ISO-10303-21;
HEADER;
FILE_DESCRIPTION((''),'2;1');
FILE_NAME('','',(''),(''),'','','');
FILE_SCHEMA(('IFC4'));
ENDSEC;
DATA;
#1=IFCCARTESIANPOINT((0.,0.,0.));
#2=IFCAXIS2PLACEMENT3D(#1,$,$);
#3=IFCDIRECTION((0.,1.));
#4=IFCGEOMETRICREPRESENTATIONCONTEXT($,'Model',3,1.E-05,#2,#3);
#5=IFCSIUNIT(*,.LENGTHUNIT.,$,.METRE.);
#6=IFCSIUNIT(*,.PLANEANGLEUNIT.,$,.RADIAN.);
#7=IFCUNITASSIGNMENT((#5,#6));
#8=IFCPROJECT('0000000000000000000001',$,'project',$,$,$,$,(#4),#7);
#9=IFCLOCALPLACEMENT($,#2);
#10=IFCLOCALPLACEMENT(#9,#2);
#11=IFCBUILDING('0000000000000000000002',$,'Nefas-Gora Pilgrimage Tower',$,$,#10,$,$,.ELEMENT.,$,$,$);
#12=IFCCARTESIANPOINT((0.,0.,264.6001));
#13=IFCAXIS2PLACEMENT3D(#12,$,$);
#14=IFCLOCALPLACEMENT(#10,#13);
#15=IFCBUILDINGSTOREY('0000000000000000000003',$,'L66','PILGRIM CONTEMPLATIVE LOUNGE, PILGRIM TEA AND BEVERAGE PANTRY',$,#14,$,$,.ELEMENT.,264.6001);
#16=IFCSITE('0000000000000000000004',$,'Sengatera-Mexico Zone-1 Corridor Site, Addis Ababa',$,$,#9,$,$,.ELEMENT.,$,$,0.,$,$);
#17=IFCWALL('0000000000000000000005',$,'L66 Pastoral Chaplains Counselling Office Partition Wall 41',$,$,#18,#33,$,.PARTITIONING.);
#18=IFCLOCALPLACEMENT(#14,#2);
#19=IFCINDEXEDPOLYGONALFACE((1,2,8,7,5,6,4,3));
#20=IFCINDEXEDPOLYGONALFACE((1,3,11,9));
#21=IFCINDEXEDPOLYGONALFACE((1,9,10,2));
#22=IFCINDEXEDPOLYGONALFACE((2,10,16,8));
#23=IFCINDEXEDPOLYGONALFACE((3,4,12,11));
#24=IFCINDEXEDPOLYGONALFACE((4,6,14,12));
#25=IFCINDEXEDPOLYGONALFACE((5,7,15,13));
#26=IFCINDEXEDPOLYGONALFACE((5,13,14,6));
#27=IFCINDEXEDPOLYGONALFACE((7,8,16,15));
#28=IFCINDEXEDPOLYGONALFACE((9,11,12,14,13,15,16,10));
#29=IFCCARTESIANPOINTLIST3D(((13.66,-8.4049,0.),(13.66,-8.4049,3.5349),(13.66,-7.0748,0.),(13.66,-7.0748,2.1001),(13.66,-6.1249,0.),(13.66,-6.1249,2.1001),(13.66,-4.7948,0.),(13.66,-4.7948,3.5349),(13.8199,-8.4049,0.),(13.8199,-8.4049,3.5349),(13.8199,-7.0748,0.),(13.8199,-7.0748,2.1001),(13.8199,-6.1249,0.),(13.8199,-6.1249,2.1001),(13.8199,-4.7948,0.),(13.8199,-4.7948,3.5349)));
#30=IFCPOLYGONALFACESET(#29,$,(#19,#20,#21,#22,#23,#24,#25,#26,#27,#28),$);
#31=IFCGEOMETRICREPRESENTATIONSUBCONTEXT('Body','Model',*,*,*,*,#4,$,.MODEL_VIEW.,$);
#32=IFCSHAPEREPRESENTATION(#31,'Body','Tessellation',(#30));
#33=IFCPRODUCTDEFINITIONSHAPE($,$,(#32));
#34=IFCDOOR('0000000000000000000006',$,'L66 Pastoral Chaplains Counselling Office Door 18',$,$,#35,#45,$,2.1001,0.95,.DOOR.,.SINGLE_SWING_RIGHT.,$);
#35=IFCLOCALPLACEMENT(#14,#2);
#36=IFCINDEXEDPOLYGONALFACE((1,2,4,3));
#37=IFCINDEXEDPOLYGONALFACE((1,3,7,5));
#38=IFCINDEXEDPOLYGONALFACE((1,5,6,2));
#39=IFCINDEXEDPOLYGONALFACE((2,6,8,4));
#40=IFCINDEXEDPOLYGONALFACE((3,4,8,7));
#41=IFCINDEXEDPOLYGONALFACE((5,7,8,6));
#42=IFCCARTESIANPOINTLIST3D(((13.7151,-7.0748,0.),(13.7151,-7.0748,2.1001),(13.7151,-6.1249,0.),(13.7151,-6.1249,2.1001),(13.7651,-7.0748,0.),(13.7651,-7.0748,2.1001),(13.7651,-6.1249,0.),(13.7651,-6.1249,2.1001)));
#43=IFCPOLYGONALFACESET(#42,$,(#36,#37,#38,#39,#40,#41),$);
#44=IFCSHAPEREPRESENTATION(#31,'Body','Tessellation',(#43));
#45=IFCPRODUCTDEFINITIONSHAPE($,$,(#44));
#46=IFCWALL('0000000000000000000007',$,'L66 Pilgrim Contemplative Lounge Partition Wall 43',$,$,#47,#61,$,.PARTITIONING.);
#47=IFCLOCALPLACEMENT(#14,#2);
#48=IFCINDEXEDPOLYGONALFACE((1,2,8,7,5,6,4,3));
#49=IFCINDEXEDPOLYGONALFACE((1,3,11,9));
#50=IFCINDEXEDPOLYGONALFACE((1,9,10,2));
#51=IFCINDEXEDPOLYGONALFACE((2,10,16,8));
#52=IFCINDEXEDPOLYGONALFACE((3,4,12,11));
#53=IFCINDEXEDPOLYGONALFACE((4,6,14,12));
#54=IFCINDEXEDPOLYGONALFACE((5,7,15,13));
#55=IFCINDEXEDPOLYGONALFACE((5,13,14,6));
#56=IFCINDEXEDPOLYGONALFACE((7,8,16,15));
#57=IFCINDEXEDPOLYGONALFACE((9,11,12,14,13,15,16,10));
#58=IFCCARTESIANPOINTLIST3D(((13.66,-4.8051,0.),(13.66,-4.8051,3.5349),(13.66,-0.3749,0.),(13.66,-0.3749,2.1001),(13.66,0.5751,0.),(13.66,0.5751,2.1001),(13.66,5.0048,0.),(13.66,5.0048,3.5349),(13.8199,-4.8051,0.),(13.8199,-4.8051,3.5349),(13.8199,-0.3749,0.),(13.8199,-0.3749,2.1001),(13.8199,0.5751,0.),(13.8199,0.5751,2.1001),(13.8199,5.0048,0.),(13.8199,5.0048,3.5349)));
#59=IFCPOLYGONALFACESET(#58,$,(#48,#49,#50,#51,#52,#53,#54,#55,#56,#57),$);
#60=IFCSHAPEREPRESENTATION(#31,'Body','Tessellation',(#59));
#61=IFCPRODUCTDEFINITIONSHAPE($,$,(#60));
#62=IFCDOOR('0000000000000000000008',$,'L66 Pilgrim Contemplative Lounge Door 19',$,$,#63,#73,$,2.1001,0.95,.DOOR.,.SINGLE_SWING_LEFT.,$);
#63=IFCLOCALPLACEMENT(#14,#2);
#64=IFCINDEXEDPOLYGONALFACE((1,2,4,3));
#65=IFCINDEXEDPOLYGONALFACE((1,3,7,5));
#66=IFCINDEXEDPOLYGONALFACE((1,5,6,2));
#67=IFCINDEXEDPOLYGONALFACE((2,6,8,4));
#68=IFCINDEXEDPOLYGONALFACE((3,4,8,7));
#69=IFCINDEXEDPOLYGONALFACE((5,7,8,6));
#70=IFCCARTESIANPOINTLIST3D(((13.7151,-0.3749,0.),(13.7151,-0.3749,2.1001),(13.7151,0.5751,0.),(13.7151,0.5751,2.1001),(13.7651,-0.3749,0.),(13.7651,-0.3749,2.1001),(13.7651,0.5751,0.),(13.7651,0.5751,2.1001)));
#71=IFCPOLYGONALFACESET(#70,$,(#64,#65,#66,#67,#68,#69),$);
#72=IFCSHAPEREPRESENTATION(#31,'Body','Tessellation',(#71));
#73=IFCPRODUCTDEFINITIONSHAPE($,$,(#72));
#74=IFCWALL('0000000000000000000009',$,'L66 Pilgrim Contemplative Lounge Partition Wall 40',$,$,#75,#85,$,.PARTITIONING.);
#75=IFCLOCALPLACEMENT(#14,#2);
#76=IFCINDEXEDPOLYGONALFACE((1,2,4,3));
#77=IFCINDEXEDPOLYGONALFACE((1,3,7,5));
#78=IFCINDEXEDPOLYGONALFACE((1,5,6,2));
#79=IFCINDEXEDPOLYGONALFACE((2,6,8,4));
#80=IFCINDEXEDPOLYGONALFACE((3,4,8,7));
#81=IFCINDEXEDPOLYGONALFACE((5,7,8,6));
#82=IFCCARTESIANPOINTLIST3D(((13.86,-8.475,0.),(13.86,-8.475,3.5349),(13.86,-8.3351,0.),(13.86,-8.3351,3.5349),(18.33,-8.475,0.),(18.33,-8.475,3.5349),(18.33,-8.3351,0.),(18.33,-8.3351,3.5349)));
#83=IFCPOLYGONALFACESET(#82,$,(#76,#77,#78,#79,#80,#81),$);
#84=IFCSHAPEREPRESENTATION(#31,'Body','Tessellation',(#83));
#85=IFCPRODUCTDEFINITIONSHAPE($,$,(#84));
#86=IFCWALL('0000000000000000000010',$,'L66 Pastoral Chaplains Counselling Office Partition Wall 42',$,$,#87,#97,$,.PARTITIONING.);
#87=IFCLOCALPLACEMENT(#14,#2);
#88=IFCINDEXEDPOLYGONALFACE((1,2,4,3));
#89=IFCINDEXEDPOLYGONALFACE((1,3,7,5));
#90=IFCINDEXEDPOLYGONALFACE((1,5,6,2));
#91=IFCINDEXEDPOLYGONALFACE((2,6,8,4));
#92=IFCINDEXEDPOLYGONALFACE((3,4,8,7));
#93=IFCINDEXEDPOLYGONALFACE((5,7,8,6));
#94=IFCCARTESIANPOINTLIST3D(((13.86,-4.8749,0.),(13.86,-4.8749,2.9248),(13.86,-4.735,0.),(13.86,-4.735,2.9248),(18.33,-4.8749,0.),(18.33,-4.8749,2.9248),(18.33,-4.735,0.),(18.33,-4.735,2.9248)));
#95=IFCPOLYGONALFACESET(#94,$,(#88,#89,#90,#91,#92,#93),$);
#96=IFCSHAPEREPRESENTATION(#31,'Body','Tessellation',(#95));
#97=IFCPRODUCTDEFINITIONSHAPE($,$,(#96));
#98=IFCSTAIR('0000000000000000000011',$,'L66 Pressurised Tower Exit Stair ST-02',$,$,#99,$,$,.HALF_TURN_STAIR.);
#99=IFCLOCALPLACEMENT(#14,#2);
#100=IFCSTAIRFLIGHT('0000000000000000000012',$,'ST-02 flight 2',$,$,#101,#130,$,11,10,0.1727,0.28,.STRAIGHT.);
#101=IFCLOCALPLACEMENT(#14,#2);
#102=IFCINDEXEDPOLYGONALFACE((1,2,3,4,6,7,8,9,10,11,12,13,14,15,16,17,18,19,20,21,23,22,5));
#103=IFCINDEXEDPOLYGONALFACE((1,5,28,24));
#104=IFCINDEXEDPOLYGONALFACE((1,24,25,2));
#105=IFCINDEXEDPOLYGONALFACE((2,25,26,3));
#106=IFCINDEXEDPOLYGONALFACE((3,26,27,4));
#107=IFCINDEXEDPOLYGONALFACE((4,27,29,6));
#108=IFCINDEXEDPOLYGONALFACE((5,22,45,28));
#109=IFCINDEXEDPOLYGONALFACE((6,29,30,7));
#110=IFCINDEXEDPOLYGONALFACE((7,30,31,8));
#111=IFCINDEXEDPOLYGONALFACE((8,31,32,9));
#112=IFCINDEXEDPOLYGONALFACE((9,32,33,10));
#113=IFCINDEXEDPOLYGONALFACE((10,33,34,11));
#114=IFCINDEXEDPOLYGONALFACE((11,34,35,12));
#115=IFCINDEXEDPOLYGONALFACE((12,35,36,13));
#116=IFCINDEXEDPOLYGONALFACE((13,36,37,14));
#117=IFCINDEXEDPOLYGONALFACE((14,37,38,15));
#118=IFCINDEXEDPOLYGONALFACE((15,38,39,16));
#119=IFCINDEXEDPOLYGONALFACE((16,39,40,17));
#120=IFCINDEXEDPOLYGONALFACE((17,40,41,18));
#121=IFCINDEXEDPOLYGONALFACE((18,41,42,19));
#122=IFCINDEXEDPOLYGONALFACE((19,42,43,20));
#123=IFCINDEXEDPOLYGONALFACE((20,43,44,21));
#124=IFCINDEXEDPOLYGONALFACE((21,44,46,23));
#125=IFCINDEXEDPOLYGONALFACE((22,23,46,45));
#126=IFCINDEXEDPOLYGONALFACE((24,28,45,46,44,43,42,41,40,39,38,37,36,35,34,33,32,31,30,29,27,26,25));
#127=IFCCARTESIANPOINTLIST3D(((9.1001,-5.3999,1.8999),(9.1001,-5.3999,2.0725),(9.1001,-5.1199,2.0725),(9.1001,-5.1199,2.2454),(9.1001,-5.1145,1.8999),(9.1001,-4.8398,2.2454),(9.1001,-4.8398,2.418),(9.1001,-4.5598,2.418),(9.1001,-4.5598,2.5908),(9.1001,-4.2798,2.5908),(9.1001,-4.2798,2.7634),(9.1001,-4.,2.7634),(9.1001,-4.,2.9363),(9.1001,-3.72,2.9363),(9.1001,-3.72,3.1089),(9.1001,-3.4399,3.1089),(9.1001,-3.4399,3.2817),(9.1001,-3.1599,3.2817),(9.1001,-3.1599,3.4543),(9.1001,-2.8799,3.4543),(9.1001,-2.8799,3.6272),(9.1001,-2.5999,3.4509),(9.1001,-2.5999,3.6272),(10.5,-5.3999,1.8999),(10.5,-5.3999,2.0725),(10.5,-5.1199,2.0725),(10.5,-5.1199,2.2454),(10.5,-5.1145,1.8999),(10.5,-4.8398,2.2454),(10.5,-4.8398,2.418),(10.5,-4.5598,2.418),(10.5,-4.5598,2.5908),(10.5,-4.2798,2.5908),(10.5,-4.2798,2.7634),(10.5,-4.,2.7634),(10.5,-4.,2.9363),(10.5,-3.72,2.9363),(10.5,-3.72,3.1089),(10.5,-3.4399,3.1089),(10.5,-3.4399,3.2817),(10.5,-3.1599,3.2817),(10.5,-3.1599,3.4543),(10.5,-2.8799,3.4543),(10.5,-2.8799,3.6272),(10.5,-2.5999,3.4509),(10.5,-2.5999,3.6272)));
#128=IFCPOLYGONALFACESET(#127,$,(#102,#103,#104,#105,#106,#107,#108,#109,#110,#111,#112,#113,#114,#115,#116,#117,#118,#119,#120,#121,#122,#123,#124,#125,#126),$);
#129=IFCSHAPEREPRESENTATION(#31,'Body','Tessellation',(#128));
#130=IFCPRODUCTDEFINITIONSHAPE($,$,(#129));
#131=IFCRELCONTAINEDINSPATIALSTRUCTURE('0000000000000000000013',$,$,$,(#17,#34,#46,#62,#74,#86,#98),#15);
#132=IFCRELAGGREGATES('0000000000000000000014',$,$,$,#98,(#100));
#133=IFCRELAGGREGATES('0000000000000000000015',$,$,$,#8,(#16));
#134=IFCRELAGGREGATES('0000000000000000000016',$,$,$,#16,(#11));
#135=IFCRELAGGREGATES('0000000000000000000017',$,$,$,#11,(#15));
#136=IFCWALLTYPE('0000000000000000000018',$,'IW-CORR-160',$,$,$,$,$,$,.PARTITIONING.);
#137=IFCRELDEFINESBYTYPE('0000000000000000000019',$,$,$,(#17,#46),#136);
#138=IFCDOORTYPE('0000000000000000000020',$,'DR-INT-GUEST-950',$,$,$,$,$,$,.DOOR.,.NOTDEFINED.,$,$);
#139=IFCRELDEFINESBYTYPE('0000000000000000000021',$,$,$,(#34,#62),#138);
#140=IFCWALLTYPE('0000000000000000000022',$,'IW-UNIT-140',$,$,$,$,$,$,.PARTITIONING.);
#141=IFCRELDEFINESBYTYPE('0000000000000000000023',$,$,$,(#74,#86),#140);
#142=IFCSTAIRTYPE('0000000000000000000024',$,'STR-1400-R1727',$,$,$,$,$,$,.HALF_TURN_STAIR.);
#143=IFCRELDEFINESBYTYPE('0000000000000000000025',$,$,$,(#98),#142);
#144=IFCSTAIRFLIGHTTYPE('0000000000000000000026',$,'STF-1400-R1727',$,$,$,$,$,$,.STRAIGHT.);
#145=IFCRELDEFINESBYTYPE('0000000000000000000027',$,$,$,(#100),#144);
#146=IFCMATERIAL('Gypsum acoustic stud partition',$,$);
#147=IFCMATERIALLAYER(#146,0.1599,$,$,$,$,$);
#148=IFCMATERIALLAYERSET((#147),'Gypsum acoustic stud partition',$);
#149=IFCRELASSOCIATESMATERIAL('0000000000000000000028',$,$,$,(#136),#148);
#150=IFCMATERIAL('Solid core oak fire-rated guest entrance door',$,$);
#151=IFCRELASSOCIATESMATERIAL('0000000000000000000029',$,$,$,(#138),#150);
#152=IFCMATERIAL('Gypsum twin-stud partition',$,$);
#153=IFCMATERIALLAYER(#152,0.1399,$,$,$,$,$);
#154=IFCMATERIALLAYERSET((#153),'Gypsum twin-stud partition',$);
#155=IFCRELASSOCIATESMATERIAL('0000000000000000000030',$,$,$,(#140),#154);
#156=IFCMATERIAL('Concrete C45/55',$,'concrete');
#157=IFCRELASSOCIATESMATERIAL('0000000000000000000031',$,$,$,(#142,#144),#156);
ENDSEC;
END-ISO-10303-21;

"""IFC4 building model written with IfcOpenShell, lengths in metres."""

from ifc_helpers import new_model, si_unit, direction, frame, frame_2d, origin, place, context, subcontext, project, spatial, polyline, rectangle, outline, extrude, source, transform, mapped, material, layer, layer_set, type_object, element, fill, aggregate, save


model = new_model("IFC4")

# Units and contexts
model_context = context("Model", 3, precision=1e-05, world=origin(), true_north=direction((0.0, 1.0)))
body_context = subcontext(model_context, "Body", "Model", "MODEL_VIEW")
ifc_project = project(units=[si_unit("LENGTHUNIT", "METRE"), si_unit("PLANEANGLEUNIT", "RADIAN")], contexts=[model_context])

# Site, building, storey
site_placement = place(None, origin())
site = spatial("IfcSite", under=ifc_project, at=site_placement, Name="Sengatera-Mexico Zone-1 Corridor Site, Addis Ababa", CompositionType="ELEMENT", RefElevation=0.0)
building_placement = place(site_placement, origin())
building = spatial("IfcBuilding", under=site, at=building_placement, Name="Nefas-Gora Pilgrimage Tower", CompositionType="ELEMENT")
storey_placement = place(building_placement, frame((0.0, 0.0, 264.6001)))
storey = spatial("IfcBuildingStorey", under=building, at=storey_placement, Name="L66", Description="PILGRIM CONTEMPLATIVE LOUNGE, PILGRIM TEA AND BEVERAGE PANTRY", CompositionType="ELEMENT", Elevation=264.6001)

# Shared definitions
ifc_material_1 = material(Name="Concrete C45/55", Category="concrete")

# Walls, openings, doors
ifc_material_2 = material(Name="Gypsum acoustic stud partition")
ifc_layer_1 = layer(ifc_material_2, 0.1599)
ifc_layer_set_1 = layer_set([ifc_layer_1], Name="Gypsum acoustic stud partition")
wall_type_1 = type_object("IfcWallType", Name="IW-CORR-160", PredefinedType="PARTITIONING", material=ifc_layer_set_1)
shared_shape_1 = source(origin(), body_context, "Body", "SweptSolid", [
    extrude(rectangle(XDim=3.6101, YDim=0.1599, at=frame_2d((1.8052, 0.0))), origin(), (0.0, 0.0, 1.0), 3.5349),
])
wall_1_placement = place(storey_placement, frame((13.74, -8.405, 0.0), z_axis=(0.0, 0.0, 1.0), x_axis=(0.0, 1.0, 0.0)))
wall_1 = element("IfcWall", 1, at=wall_1_placement, inside=storey, type_object=wall_type_1, Name="L66 Pastoral Chaplains Counselling Office Partition Wall 41", PredefinedType="PARTITIONING", context=body_context, shape_type="MappedRepresentation", body=[
    mapped(shared_shape_1, transform((0.0, 0.0, 0.0), x_axis=(1.0, 0.0, 0.0), y_axis=(0.0, 1.0, 0.0), z_axis=(0.0, 0.0, 1.0), scale=1.0)),
])
opening_1_placement = place(wall_1_placement, frame((1.3301, 0.0, 0.0)))
opening_1 = element("IfcOpeningElement", 2, at=opening_1_placement, cuts=wall_1, PredefinedType="OPENING", context=body_context, shape_type="SweptSolid", body=[
    extrude(rectangle(XDim=0.95, YDim=2.1001, at=frame_2d((0.4751, 1.05))), frame((0.0, 0.0898, 0.0), z_axis=(0.0, -1.0, 0.0), x_axis=(1.0, 0.0, 0.0)), (0.0, 0.0, 1.0), 0.1799),
])
ifc_material_3 = material(Name="Solid core oak fire-rated guest entrance door")
door_type_1 = type_object("IfcDoorType", Name="DR-INT-GUEST-950", OperationType="NOTDEFINED", PredefinedType="DOOR", material=ifc_material_3)
shared_shape_2 = source(origin(), body_context, "Body", "SweptSolid", [
    extrude(rectangle(XDim=0.95, YDim=2.1001, at=frame_2d((0.4751, 1.05))), frame((0.0, 0.0249, 0.0), z_axis=(0.0, -1.0, 0.0), x_axis=(1.0, 0.0, 0.0)), (0.0, 0.0, 1.0), 0.05),
])
door_1_placement = place(opening_1_placement, origin())
door_1 = element("IfcDoor", 3, at=door_1_placement, inside=storey, type_object=door_type_1, Name="L66 Pastoral Chaplains Counselling Office Door 18", OperationType="SINGLE_SWING_RIGHT", OverallHeight=2.1001, OverallWidth=0.95, PredefinedType="DOOR", context=body_context, shape_type="MappedRepresentation", body=[
    mapped(shared_shape_2, transform((0.0, 0.0, 0.0), x_axis=(1.0, 0.0, 0.0), y_axis=(0.0, 1.0, 0.0), z_axis=(0.0, 0.0, 1.0), scale=1.0)),
])
fill(opening_1, door_1)
shared_shape_3 = source(origin(), body_context, "Body", "SweptSolid", [
    extrude(rectangle(XDim=9.8098, YDim=0.1599, at=frame_2d((4.9048, 0.0))), origin(), (0.0, 0.0, 1.0), 3.5349),
])
wall_2_placement = place(storey_placement, frame((13.74, -4.8049, 0.0), z_axis=(0.0, 0.0, 1.0), x_axis=(0.0, 1.0, 0.0)))
wall_2 = element("IfcWall", 4, at=wall_2_placement, inside=storey, type_object=wall_type_1, Name="L66 Pilgrim Contemplative Lounge Partition Wall 43", PredefinedType="PARTITIONING", context=body_context, shape_type="MappedRepresentation", body=[
    mapped(shared_shape_3, transform((0.0, 0.0, 0.0), x_axis=(1.0, 0.0, 0.0), y_axis=(0.0, 1.0, 0.0), z_axis=(0.0, 0.0, 1.0), scale=1.0)),
])
opening_2_placement = place(wall_2_placement, frame((4.4299, 0.0, 0.0)))
opening_2 = element("IfcOpeningElement", 5, at=opening_2_placement, cuts=wall_2, PredefinedType="OPENING", context=body_context, shape_type="SweptSolid", body=[
    extrude(rectangle(XDim=0.95, YDim=2.1001, at=frame_2d((0.4751, 1.05))), frame((0.0, 0.0898, 0.0), z_axis=(0.0, -1.0, 0.0), x_axis=(1.0, 0.0, 0.0)), (0.0, 0.0, 1.0), 0.1799),
])
door_2_placement = place(opening_2_placement, origin())
door_2 = element("IfcDoor", 6, at=door_2_placement, inside=storey, type_object=door_type_1, Name="L66 Pilgrim Contemplative Lounge Door 19", OperationType="SINGLE_SWING_LEFT", OverallHeight=2.1001, OverallWidth=0.95, PredefinedType="DOOR", context=body_context, shape_type="MappedRepresentation", body=[
    mapped(shared_shape_2, transform((0.0, 0.0, 0.0), x_axis=(1.0, 0.0, 0.0), y_axis=(0.0, 1.0, 0.0), z_axis=(0.0, 0.0, 1.0), scale=1.0)),
])
fill(opening_2, door_2)

# Walls
ifc_material_4 = material(Name="Gypsum twin-stud partition")
ifc_layer_2 = layer(ifc_material_4, 0.1399)
ifc_layer_set_2 = layer_set([ifc_layer_2], Name="Gypsum twin-stud partition")
wall_type_2 = type_object("IfcWallType", Name="IW-UNIT-140", PredefinedType="PARTITIONING", material=ifc_layer_set_2)
shared_shape_4 = source(origin(), body_context, "Body", "SweptSolid", [
    extrude(rectangle(XDim=4.47, YDim=0.1399, at=frame_2d((2.2349, 0.0))), origin(), (0.0, 0.0, 1.0), 3.5349),
])
wall_3_placement = place(storey_placement, frame((13.8601, -8.405, 0.0), z_axis=(0.0, 0.0, 1.0), x_axis=(1.0, 0.0, 0.0)))
element("IfcWall", 7, at=wall_3_placement, inside=storey, type_object=wall_type_2, Name="L66 Pilgrim Contemplative Lounge Partition Wall 40", PredefinedType="PARTITIONING", context=body_context, shape_type="MappedRepresentation", body=[
    mapped(shared_shape_4, transform((0.0, 0.0, 0.0), x_axis=(1.0, 0.0, 0.0), y_axis=(0.0, 1.0, 0.0), z_axis=(0.0, 0.0, 1.0), scale=1.0)),
])
shared_shape_5 = source(origin(), body_context, "Body", "SweptSolid", [
    extrude(rectangle(XDim=4.47, YDim=0.1399, at=frame_2d((2.2349, 0.0))), origin(), (0.0, 0.0, 1.0), 2.9248),
])
wall_4_placement = place(storey_placement, frame((13.8601, -4.8049, 0.0), z_axis=(0.0, 0.0, 1.0), x_axis=(1.0, 0.0, 0.0)))
element("IfcWall", 8, at=wall_4_placement, inside=storey, type_object=wall_type_2, Name="L66 Pastoral Chaplains Counselling Office Partition Wall 42", PredefinedType="PARTITIONING", context=body_context, shape_type="MappedRepresentation", body=[
    mapped(shared_shape_5, transform((0.0, 0.0, 0.0), x_axis=(1.0, 0.0, 0.0), y_axis=(0.0, 1.0, 0.0), z_axis=(0.0, 0.0, 1.0), scale=1.0)),
])

# Stair, stair flight
stair_type = type_object("IfcStairType", Name="STR-1400-R1727", PredefinedType="HALF_TURN_STAIR", material=ifc_material_1)
stair_placement = place(storey_placement, origin())
stair = element("IfcStair", 9, at=stair_placement, inside=storey, type_object=stair_type, Name="L66 Pressurised Tower Exit Stair ST-02", PredefinedType="HALF_TURN_STAIR")
stair_flight_type = type_object("IfcStairFlightType", Name="STF-1400-R1727", PredefinedType="STRAIGHT", material=ifc_material_1)
shared_shape_6 = source(origin(), body_context, "Body", "SweptSolid", [
    extrude(outline(polyline([(0.0, 0.0), (0.0, 0.1726), (0.28, 0.1726), (0.28, 0.3455), (0.5601, 0.3455), (0.5601, 0.5181), (0.8401, 0.5181), (0.8401, 0.6909), (1.1201, 0.6909), (1.1201, 0.8635), (1.3999, 0.8635), (1.3999, 1.0364), (1.6799, 1.0364), (1.6799, 1.209), (1.96, 1.209), (1.96, 1.3818), (2.24, 1.3818), (2.24, 1.5544), (2.52, 1.5544), (2.52, 1.7273), (2.8, 1.7273), (2.8, 1.8999), (2.8, 1.551), (0.2854, 0.0), (0.0, 0.0)])), frame((0.0, 0.7, 0.0), z_axis=(0.0, -1.0, 0.0), x_axis=(1.0, 0.0, 0.0)), (0.0, 0.0, 1.0), 1.3999),
])
stair_flight_placement = place(storey_placement, frame((9.8, -5.3999, 1.8999), z_axis=(0.0, 0.0, 1.0), x_axis=(0.0, 1.0, 0.0)))
stair_flight = element("IfcStairFlight", 10, at=stair_flight_placement, type_object=stair_flight_type, Name="ST-02 flight 2", NumberOfRisers=11, NumberOfTreads=10, PredefinedType="STRAIGHT", RiserHeight=0.1727, TreadLength=0.28, context=body_context, shape_type="MappedRepresentation", body=[
    mapped(shared_shape_6, transform((0.0, 0.0, 0.0), x_axis=(1.0, 0.0, 0.0), y_axis=(0.0, 1.0, 0.0), z_axis=(0.0, 0.0, 1.0), scale=1.0)),
])
aggregate(stair, [stair_flight])

save(model, "model.ifc")
